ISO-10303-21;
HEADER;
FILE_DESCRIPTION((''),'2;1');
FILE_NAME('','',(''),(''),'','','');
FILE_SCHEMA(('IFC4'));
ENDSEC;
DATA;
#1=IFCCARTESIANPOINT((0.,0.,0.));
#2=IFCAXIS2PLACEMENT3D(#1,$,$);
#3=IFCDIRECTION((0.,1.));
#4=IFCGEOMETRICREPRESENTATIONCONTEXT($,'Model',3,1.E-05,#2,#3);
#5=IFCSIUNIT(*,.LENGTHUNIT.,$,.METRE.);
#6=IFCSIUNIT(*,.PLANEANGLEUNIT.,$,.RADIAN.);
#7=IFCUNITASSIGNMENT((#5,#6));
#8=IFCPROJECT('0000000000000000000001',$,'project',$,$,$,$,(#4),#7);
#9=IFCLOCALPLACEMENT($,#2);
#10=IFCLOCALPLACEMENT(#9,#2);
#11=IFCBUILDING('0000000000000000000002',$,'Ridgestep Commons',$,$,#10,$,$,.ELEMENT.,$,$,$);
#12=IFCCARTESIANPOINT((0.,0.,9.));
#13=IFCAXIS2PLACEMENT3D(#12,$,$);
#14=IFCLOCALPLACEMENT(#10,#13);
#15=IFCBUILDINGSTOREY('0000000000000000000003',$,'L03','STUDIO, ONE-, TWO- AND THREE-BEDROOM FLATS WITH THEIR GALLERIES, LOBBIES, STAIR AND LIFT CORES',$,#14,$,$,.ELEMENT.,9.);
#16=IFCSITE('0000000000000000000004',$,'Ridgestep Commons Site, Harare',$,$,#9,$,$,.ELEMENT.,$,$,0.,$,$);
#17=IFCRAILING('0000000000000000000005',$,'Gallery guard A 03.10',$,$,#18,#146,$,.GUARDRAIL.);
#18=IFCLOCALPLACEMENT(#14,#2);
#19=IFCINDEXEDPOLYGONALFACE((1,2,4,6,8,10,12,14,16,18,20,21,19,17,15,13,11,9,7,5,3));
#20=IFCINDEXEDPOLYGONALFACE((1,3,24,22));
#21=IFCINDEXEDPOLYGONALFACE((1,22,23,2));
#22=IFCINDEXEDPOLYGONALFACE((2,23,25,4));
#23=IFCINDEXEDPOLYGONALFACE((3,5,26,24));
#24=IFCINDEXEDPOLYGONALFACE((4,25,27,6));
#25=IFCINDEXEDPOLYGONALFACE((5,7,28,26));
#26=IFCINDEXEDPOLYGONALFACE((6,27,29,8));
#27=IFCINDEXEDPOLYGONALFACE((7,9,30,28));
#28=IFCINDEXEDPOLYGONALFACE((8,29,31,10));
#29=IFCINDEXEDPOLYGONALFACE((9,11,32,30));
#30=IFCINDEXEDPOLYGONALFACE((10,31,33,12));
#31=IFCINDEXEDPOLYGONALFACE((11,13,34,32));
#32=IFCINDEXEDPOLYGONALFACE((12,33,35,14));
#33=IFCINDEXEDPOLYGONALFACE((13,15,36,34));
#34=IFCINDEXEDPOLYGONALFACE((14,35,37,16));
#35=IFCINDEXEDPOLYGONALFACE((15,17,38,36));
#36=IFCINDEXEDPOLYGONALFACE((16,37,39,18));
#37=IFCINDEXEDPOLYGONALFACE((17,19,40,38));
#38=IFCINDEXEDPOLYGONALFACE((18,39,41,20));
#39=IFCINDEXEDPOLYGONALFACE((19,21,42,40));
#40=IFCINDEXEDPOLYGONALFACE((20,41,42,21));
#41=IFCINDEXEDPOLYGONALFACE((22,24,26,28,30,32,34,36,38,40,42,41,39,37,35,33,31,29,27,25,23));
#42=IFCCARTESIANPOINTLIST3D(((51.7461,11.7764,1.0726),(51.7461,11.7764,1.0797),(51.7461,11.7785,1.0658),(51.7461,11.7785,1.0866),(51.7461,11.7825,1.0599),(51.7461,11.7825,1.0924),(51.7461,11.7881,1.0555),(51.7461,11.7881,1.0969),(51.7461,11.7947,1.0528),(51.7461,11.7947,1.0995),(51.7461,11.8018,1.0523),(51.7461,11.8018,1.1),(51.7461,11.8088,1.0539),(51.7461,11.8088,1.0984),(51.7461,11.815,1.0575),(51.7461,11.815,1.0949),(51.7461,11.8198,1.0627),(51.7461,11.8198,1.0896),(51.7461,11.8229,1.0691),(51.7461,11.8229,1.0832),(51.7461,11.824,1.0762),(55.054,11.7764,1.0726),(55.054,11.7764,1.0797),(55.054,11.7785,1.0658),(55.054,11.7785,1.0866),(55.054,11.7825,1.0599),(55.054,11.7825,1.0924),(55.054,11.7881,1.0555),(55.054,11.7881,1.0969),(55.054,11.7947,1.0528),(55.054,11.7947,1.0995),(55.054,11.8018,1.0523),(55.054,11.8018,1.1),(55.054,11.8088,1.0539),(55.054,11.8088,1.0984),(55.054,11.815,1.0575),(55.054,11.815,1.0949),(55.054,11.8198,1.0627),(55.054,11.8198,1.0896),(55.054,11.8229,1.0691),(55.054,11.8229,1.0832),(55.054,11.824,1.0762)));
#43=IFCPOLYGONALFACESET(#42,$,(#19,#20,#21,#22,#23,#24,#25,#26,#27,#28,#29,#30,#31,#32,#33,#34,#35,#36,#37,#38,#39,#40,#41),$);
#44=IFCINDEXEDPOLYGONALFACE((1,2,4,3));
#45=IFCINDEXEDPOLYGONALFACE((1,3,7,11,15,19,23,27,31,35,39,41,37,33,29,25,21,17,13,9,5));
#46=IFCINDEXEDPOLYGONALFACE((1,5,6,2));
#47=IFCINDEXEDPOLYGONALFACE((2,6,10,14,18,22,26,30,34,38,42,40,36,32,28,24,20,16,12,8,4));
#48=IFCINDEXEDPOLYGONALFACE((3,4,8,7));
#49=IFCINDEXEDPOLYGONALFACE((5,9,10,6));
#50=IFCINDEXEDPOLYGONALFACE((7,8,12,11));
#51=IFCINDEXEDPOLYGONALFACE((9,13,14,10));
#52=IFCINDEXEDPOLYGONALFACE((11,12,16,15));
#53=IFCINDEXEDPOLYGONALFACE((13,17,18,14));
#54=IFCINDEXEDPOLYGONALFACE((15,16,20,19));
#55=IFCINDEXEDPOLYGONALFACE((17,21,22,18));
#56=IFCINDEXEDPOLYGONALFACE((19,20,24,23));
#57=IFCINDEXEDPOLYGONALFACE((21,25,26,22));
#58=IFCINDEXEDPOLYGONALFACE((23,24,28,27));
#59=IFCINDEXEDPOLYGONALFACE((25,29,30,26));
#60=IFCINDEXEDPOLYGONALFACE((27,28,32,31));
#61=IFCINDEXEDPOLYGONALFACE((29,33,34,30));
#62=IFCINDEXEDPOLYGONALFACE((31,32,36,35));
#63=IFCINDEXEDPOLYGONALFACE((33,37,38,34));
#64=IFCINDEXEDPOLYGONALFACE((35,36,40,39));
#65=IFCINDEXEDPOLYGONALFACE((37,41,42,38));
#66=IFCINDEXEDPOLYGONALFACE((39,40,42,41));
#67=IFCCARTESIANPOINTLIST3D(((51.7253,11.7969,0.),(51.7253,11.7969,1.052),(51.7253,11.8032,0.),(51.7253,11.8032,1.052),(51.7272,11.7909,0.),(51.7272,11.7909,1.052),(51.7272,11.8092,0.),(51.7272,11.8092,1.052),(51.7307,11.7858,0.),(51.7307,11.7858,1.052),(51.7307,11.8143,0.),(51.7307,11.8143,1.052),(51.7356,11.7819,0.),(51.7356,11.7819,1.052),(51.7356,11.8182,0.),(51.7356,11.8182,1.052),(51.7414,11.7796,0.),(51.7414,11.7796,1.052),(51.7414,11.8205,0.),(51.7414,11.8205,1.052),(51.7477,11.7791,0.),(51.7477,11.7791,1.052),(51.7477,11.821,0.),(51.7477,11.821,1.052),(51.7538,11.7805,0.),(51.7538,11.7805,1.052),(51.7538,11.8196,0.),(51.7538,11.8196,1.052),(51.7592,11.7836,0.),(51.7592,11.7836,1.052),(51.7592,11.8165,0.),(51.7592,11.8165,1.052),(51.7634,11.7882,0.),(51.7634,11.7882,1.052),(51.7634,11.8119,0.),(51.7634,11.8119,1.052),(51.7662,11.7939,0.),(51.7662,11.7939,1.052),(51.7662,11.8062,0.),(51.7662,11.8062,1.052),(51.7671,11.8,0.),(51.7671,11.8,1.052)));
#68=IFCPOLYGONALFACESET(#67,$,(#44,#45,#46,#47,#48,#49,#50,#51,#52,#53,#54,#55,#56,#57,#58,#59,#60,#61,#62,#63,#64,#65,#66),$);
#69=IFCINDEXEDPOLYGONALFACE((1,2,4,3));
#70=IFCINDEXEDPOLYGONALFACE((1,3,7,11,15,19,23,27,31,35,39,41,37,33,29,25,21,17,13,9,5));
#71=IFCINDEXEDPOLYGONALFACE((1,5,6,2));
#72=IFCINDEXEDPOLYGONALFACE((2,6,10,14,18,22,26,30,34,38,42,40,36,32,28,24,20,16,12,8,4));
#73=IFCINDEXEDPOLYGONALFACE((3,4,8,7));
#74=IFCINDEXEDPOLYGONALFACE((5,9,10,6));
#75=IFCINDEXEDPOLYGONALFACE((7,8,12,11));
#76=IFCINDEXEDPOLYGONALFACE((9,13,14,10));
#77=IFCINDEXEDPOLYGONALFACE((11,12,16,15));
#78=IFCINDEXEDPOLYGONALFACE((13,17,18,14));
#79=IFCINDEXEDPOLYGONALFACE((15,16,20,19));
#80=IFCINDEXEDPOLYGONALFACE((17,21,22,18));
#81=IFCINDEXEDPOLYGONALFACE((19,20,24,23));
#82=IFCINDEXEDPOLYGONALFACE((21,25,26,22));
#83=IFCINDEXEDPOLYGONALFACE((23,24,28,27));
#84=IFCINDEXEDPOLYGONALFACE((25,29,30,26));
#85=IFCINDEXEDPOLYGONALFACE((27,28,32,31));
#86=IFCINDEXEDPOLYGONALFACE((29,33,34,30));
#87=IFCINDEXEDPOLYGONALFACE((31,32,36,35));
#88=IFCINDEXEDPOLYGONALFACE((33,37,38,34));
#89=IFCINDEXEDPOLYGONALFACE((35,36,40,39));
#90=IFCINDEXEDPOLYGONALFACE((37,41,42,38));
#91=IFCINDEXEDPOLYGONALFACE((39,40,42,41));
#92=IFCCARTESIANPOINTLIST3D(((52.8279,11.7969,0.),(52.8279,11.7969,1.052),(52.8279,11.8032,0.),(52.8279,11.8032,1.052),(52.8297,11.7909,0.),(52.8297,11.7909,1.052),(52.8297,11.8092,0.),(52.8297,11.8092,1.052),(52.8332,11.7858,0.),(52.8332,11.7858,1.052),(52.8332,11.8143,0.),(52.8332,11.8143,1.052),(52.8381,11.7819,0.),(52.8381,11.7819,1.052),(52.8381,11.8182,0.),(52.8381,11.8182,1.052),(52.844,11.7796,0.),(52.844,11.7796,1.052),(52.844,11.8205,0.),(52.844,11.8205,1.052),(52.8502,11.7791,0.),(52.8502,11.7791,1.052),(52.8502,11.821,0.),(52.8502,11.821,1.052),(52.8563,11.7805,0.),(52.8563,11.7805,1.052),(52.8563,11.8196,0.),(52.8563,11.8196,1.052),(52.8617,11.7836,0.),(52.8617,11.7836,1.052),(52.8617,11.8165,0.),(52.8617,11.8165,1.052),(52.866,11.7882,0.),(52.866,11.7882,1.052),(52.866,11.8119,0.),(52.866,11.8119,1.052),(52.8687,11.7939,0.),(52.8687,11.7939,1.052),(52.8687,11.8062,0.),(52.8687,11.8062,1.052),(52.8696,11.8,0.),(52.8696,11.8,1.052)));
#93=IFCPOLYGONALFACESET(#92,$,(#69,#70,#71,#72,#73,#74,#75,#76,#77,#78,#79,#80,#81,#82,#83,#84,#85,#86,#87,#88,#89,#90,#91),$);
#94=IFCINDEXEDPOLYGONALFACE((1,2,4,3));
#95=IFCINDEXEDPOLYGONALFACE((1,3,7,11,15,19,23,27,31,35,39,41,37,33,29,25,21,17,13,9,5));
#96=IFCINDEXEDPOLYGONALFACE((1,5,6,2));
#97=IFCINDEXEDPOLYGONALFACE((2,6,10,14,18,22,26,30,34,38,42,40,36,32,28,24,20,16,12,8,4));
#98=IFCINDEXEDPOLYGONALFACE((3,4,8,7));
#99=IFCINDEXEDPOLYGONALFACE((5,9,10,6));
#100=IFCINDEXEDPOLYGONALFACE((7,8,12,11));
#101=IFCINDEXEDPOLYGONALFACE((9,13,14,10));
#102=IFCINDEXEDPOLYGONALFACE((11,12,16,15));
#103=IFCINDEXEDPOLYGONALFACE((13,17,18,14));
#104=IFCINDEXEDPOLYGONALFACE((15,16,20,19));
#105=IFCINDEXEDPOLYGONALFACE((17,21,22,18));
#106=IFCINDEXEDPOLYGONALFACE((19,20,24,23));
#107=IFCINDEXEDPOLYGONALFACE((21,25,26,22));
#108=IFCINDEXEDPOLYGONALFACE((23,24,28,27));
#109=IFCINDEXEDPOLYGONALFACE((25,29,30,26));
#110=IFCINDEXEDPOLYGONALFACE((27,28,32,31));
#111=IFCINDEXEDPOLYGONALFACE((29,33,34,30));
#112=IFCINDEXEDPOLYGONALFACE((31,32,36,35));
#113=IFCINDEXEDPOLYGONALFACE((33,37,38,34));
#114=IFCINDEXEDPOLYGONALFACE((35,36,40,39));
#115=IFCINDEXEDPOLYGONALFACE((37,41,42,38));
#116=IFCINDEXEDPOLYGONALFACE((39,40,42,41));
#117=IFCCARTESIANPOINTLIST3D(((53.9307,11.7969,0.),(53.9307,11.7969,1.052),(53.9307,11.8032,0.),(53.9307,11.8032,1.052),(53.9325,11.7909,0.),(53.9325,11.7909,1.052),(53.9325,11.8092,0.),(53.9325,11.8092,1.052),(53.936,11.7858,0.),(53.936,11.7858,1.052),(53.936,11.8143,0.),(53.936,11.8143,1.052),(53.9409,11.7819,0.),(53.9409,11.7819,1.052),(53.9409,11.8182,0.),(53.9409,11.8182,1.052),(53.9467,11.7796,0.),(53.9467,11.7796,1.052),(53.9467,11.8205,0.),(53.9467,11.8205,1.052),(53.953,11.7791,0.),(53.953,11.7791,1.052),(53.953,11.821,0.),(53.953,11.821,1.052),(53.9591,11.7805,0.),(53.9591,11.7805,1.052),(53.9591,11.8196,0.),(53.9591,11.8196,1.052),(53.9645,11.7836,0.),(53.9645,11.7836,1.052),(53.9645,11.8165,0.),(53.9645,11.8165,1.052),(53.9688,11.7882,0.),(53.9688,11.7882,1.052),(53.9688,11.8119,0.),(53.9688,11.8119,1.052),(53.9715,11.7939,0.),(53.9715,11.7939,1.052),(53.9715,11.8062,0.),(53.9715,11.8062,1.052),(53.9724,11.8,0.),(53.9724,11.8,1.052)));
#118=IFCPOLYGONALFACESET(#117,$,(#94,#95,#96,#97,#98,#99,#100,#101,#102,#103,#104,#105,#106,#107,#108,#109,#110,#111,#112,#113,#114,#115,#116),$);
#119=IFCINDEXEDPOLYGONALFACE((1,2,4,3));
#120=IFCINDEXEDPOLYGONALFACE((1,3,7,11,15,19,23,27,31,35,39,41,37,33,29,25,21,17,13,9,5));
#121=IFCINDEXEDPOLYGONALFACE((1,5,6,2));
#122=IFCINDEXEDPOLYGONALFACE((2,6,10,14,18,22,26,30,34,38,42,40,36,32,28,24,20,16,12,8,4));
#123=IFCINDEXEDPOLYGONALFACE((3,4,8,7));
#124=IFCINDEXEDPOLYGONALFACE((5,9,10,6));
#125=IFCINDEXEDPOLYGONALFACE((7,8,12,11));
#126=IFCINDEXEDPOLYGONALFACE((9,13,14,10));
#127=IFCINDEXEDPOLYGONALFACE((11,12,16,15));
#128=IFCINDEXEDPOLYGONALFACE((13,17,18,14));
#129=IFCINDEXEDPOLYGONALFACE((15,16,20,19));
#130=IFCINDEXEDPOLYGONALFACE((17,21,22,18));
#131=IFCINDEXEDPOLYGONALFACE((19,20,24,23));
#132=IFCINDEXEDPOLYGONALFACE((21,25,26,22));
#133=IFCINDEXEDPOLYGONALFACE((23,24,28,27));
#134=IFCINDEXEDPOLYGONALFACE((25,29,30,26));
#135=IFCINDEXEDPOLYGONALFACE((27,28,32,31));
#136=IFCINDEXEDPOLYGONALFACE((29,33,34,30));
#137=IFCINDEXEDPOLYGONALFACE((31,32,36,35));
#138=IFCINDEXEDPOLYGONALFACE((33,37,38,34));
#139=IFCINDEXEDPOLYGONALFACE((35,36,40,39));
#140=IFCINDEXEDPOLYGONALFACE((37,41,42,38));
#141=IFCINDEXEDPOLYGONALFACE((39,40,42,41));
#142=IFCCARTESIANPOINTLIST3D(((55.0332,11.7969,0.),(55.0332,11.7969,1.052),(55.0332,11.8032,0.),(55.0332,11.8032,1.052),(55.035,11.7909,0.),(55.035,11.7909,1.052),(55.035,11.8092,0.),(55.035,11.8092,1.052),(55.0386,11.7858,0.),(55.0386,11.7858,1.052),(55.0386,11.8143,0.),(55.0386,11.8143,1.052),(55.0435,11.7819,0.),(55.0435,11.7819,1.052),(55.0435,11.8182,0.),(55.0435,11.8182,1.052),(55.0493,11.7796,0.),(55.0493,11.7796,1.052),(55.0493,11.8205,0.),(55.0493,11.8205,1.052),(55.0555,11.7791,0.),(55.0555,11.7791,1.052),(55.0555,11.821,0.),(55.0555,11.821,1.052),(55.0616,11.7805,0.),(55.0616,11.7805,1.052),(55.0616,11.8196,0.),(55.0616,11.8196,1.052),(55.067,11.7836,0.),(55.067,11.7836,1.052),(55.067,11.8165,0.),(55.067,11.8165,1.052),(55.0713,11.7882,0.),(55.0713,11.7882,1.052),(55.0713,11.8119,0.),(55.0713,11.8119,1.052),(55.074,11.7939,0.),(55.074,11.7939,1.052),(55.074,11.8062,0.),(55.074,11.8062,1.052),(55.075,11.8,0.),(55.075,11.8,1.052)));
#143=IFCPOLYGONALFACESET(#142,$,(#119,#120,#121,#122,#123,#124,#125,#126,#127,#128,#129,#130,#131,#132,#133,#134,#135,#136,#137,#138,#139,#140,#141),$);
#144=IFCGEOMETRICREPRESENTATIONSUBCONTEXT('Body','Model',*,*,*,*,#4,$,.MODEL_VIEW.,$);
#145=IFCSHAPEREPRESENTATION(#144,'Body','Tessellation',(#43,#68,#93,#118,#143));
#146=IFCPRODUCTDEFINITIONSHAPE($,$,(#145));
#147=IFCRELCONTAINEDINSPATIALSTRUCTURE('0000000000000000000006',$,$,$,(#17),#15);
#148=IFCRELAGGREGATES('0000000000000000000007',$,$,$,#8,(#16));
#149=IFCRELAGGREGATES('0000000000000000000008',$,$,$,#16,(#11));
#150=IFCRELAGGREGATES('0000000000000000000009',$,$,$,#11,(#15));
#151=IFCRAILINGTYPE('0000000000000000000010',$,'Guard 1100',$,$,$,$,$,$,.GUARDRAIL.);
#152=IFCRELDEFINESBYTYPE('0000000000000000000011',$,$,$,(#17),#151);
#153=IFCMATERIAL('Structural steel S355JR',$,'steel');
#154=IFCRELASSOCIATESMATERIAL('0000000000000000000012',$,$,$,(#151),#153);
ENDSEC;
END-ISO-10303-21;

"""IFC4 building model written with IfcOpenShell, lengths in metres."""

from ifc_helpers import new_model, si_unit, direction, frame, origin, origin_2d, place, context, subcontext, project, spatial, circle, extrude, material, type_object, element, save


model = new_model("IFC4")

# Units and contexts
model_context = context("Model", 3, precision=1e-05, world=origin(), true_north=direction((0.0, 1.0)))
body_context = subcontext(model_context, "Body", "Model", "MODEL_VIEW")
ifc_project = project(units=[si_unit("LENGTHUNIT", "METRE"), si_unit("PLANEANGLEUNIT", "RADIAN")], contexts=[model_context])

# Site, building, storey
site_placement = place(None, origin())
site = spatial("IfcSite", under=ifc_project, at=site_placement, Name="Ridgestep Commons Site, Harare", CompositionType="ELEMENT", RefElevation=0.0)
building_placement = place(site_placement, origin())
building = spatial("IfcBuilding", under=site, at=building_placement, Name="Ridgestep Commons", CompositionType="ELEMENT")
storey_placement = place(building_placement, frame((0.0, 0.0, 9.0)))
storey = spatial("IfcBuildingStorey", under=building, at=storey_placement, Name="L03", Description="STUDIO, ONE-, TWO- AND THREE-BEDROOM FLATS WITH THEIR GALLERIES, LOBBIES, STAIR AND LIFT CORES", CompositionType="ELEMENT", Elevation=9.0)

# Railing
ifc_material_1 = material(Name="Structural steel S355JR", Category="steel")
railing_type = type_object("IfcRailingType", Name="Guard 1100", PredefinedType="GUARDRAIL", material=ifc_material_1)
railing_1_placement = place(storey_placement, frame((51.7461, 11.8, 0.0)))
element("IfcRailing", 1, at=railing_1_placement, inside=storey, type_object=railing_type, Name="Gallery guard A 03.10", PredefinedType="GUARDRAIL", context=body_context, shape_type="SweptSolid", body=[
    extrude(circle(Radius=0.0239, at=origin_2d()), frame((0.0, 0.0, 1.0762), z_axis=(1.0, 0.0, 0.0), x_axis=(0.0, 1.0, 0.0)), (0.0, 0.0, 1.0), 3.3079),
    extrude(circle(Radius=0.021, at=origin_2d()), origin(), (0.0, 0.0, 1.0), 1.052),
    extrude(circle(Radius=0.021, at=origin_2d()), frame((1.1025, 0.0, 0.0)), (0.0, 0.0, 1.0), 1.052),
    extrude(circle(Radius=0.021, at=origin_2d()), frame((2.2053, 0.0, 0.0)), (0.0, 0.0, 1.0), 1.052),
    extrude(circle(Radius=0.021, at=origin_2d()), frame((3.3079, 0.0, 0.0)), (0.0, 0.0, 1.0), 1.052),
])

save(model, "model.ifc")
